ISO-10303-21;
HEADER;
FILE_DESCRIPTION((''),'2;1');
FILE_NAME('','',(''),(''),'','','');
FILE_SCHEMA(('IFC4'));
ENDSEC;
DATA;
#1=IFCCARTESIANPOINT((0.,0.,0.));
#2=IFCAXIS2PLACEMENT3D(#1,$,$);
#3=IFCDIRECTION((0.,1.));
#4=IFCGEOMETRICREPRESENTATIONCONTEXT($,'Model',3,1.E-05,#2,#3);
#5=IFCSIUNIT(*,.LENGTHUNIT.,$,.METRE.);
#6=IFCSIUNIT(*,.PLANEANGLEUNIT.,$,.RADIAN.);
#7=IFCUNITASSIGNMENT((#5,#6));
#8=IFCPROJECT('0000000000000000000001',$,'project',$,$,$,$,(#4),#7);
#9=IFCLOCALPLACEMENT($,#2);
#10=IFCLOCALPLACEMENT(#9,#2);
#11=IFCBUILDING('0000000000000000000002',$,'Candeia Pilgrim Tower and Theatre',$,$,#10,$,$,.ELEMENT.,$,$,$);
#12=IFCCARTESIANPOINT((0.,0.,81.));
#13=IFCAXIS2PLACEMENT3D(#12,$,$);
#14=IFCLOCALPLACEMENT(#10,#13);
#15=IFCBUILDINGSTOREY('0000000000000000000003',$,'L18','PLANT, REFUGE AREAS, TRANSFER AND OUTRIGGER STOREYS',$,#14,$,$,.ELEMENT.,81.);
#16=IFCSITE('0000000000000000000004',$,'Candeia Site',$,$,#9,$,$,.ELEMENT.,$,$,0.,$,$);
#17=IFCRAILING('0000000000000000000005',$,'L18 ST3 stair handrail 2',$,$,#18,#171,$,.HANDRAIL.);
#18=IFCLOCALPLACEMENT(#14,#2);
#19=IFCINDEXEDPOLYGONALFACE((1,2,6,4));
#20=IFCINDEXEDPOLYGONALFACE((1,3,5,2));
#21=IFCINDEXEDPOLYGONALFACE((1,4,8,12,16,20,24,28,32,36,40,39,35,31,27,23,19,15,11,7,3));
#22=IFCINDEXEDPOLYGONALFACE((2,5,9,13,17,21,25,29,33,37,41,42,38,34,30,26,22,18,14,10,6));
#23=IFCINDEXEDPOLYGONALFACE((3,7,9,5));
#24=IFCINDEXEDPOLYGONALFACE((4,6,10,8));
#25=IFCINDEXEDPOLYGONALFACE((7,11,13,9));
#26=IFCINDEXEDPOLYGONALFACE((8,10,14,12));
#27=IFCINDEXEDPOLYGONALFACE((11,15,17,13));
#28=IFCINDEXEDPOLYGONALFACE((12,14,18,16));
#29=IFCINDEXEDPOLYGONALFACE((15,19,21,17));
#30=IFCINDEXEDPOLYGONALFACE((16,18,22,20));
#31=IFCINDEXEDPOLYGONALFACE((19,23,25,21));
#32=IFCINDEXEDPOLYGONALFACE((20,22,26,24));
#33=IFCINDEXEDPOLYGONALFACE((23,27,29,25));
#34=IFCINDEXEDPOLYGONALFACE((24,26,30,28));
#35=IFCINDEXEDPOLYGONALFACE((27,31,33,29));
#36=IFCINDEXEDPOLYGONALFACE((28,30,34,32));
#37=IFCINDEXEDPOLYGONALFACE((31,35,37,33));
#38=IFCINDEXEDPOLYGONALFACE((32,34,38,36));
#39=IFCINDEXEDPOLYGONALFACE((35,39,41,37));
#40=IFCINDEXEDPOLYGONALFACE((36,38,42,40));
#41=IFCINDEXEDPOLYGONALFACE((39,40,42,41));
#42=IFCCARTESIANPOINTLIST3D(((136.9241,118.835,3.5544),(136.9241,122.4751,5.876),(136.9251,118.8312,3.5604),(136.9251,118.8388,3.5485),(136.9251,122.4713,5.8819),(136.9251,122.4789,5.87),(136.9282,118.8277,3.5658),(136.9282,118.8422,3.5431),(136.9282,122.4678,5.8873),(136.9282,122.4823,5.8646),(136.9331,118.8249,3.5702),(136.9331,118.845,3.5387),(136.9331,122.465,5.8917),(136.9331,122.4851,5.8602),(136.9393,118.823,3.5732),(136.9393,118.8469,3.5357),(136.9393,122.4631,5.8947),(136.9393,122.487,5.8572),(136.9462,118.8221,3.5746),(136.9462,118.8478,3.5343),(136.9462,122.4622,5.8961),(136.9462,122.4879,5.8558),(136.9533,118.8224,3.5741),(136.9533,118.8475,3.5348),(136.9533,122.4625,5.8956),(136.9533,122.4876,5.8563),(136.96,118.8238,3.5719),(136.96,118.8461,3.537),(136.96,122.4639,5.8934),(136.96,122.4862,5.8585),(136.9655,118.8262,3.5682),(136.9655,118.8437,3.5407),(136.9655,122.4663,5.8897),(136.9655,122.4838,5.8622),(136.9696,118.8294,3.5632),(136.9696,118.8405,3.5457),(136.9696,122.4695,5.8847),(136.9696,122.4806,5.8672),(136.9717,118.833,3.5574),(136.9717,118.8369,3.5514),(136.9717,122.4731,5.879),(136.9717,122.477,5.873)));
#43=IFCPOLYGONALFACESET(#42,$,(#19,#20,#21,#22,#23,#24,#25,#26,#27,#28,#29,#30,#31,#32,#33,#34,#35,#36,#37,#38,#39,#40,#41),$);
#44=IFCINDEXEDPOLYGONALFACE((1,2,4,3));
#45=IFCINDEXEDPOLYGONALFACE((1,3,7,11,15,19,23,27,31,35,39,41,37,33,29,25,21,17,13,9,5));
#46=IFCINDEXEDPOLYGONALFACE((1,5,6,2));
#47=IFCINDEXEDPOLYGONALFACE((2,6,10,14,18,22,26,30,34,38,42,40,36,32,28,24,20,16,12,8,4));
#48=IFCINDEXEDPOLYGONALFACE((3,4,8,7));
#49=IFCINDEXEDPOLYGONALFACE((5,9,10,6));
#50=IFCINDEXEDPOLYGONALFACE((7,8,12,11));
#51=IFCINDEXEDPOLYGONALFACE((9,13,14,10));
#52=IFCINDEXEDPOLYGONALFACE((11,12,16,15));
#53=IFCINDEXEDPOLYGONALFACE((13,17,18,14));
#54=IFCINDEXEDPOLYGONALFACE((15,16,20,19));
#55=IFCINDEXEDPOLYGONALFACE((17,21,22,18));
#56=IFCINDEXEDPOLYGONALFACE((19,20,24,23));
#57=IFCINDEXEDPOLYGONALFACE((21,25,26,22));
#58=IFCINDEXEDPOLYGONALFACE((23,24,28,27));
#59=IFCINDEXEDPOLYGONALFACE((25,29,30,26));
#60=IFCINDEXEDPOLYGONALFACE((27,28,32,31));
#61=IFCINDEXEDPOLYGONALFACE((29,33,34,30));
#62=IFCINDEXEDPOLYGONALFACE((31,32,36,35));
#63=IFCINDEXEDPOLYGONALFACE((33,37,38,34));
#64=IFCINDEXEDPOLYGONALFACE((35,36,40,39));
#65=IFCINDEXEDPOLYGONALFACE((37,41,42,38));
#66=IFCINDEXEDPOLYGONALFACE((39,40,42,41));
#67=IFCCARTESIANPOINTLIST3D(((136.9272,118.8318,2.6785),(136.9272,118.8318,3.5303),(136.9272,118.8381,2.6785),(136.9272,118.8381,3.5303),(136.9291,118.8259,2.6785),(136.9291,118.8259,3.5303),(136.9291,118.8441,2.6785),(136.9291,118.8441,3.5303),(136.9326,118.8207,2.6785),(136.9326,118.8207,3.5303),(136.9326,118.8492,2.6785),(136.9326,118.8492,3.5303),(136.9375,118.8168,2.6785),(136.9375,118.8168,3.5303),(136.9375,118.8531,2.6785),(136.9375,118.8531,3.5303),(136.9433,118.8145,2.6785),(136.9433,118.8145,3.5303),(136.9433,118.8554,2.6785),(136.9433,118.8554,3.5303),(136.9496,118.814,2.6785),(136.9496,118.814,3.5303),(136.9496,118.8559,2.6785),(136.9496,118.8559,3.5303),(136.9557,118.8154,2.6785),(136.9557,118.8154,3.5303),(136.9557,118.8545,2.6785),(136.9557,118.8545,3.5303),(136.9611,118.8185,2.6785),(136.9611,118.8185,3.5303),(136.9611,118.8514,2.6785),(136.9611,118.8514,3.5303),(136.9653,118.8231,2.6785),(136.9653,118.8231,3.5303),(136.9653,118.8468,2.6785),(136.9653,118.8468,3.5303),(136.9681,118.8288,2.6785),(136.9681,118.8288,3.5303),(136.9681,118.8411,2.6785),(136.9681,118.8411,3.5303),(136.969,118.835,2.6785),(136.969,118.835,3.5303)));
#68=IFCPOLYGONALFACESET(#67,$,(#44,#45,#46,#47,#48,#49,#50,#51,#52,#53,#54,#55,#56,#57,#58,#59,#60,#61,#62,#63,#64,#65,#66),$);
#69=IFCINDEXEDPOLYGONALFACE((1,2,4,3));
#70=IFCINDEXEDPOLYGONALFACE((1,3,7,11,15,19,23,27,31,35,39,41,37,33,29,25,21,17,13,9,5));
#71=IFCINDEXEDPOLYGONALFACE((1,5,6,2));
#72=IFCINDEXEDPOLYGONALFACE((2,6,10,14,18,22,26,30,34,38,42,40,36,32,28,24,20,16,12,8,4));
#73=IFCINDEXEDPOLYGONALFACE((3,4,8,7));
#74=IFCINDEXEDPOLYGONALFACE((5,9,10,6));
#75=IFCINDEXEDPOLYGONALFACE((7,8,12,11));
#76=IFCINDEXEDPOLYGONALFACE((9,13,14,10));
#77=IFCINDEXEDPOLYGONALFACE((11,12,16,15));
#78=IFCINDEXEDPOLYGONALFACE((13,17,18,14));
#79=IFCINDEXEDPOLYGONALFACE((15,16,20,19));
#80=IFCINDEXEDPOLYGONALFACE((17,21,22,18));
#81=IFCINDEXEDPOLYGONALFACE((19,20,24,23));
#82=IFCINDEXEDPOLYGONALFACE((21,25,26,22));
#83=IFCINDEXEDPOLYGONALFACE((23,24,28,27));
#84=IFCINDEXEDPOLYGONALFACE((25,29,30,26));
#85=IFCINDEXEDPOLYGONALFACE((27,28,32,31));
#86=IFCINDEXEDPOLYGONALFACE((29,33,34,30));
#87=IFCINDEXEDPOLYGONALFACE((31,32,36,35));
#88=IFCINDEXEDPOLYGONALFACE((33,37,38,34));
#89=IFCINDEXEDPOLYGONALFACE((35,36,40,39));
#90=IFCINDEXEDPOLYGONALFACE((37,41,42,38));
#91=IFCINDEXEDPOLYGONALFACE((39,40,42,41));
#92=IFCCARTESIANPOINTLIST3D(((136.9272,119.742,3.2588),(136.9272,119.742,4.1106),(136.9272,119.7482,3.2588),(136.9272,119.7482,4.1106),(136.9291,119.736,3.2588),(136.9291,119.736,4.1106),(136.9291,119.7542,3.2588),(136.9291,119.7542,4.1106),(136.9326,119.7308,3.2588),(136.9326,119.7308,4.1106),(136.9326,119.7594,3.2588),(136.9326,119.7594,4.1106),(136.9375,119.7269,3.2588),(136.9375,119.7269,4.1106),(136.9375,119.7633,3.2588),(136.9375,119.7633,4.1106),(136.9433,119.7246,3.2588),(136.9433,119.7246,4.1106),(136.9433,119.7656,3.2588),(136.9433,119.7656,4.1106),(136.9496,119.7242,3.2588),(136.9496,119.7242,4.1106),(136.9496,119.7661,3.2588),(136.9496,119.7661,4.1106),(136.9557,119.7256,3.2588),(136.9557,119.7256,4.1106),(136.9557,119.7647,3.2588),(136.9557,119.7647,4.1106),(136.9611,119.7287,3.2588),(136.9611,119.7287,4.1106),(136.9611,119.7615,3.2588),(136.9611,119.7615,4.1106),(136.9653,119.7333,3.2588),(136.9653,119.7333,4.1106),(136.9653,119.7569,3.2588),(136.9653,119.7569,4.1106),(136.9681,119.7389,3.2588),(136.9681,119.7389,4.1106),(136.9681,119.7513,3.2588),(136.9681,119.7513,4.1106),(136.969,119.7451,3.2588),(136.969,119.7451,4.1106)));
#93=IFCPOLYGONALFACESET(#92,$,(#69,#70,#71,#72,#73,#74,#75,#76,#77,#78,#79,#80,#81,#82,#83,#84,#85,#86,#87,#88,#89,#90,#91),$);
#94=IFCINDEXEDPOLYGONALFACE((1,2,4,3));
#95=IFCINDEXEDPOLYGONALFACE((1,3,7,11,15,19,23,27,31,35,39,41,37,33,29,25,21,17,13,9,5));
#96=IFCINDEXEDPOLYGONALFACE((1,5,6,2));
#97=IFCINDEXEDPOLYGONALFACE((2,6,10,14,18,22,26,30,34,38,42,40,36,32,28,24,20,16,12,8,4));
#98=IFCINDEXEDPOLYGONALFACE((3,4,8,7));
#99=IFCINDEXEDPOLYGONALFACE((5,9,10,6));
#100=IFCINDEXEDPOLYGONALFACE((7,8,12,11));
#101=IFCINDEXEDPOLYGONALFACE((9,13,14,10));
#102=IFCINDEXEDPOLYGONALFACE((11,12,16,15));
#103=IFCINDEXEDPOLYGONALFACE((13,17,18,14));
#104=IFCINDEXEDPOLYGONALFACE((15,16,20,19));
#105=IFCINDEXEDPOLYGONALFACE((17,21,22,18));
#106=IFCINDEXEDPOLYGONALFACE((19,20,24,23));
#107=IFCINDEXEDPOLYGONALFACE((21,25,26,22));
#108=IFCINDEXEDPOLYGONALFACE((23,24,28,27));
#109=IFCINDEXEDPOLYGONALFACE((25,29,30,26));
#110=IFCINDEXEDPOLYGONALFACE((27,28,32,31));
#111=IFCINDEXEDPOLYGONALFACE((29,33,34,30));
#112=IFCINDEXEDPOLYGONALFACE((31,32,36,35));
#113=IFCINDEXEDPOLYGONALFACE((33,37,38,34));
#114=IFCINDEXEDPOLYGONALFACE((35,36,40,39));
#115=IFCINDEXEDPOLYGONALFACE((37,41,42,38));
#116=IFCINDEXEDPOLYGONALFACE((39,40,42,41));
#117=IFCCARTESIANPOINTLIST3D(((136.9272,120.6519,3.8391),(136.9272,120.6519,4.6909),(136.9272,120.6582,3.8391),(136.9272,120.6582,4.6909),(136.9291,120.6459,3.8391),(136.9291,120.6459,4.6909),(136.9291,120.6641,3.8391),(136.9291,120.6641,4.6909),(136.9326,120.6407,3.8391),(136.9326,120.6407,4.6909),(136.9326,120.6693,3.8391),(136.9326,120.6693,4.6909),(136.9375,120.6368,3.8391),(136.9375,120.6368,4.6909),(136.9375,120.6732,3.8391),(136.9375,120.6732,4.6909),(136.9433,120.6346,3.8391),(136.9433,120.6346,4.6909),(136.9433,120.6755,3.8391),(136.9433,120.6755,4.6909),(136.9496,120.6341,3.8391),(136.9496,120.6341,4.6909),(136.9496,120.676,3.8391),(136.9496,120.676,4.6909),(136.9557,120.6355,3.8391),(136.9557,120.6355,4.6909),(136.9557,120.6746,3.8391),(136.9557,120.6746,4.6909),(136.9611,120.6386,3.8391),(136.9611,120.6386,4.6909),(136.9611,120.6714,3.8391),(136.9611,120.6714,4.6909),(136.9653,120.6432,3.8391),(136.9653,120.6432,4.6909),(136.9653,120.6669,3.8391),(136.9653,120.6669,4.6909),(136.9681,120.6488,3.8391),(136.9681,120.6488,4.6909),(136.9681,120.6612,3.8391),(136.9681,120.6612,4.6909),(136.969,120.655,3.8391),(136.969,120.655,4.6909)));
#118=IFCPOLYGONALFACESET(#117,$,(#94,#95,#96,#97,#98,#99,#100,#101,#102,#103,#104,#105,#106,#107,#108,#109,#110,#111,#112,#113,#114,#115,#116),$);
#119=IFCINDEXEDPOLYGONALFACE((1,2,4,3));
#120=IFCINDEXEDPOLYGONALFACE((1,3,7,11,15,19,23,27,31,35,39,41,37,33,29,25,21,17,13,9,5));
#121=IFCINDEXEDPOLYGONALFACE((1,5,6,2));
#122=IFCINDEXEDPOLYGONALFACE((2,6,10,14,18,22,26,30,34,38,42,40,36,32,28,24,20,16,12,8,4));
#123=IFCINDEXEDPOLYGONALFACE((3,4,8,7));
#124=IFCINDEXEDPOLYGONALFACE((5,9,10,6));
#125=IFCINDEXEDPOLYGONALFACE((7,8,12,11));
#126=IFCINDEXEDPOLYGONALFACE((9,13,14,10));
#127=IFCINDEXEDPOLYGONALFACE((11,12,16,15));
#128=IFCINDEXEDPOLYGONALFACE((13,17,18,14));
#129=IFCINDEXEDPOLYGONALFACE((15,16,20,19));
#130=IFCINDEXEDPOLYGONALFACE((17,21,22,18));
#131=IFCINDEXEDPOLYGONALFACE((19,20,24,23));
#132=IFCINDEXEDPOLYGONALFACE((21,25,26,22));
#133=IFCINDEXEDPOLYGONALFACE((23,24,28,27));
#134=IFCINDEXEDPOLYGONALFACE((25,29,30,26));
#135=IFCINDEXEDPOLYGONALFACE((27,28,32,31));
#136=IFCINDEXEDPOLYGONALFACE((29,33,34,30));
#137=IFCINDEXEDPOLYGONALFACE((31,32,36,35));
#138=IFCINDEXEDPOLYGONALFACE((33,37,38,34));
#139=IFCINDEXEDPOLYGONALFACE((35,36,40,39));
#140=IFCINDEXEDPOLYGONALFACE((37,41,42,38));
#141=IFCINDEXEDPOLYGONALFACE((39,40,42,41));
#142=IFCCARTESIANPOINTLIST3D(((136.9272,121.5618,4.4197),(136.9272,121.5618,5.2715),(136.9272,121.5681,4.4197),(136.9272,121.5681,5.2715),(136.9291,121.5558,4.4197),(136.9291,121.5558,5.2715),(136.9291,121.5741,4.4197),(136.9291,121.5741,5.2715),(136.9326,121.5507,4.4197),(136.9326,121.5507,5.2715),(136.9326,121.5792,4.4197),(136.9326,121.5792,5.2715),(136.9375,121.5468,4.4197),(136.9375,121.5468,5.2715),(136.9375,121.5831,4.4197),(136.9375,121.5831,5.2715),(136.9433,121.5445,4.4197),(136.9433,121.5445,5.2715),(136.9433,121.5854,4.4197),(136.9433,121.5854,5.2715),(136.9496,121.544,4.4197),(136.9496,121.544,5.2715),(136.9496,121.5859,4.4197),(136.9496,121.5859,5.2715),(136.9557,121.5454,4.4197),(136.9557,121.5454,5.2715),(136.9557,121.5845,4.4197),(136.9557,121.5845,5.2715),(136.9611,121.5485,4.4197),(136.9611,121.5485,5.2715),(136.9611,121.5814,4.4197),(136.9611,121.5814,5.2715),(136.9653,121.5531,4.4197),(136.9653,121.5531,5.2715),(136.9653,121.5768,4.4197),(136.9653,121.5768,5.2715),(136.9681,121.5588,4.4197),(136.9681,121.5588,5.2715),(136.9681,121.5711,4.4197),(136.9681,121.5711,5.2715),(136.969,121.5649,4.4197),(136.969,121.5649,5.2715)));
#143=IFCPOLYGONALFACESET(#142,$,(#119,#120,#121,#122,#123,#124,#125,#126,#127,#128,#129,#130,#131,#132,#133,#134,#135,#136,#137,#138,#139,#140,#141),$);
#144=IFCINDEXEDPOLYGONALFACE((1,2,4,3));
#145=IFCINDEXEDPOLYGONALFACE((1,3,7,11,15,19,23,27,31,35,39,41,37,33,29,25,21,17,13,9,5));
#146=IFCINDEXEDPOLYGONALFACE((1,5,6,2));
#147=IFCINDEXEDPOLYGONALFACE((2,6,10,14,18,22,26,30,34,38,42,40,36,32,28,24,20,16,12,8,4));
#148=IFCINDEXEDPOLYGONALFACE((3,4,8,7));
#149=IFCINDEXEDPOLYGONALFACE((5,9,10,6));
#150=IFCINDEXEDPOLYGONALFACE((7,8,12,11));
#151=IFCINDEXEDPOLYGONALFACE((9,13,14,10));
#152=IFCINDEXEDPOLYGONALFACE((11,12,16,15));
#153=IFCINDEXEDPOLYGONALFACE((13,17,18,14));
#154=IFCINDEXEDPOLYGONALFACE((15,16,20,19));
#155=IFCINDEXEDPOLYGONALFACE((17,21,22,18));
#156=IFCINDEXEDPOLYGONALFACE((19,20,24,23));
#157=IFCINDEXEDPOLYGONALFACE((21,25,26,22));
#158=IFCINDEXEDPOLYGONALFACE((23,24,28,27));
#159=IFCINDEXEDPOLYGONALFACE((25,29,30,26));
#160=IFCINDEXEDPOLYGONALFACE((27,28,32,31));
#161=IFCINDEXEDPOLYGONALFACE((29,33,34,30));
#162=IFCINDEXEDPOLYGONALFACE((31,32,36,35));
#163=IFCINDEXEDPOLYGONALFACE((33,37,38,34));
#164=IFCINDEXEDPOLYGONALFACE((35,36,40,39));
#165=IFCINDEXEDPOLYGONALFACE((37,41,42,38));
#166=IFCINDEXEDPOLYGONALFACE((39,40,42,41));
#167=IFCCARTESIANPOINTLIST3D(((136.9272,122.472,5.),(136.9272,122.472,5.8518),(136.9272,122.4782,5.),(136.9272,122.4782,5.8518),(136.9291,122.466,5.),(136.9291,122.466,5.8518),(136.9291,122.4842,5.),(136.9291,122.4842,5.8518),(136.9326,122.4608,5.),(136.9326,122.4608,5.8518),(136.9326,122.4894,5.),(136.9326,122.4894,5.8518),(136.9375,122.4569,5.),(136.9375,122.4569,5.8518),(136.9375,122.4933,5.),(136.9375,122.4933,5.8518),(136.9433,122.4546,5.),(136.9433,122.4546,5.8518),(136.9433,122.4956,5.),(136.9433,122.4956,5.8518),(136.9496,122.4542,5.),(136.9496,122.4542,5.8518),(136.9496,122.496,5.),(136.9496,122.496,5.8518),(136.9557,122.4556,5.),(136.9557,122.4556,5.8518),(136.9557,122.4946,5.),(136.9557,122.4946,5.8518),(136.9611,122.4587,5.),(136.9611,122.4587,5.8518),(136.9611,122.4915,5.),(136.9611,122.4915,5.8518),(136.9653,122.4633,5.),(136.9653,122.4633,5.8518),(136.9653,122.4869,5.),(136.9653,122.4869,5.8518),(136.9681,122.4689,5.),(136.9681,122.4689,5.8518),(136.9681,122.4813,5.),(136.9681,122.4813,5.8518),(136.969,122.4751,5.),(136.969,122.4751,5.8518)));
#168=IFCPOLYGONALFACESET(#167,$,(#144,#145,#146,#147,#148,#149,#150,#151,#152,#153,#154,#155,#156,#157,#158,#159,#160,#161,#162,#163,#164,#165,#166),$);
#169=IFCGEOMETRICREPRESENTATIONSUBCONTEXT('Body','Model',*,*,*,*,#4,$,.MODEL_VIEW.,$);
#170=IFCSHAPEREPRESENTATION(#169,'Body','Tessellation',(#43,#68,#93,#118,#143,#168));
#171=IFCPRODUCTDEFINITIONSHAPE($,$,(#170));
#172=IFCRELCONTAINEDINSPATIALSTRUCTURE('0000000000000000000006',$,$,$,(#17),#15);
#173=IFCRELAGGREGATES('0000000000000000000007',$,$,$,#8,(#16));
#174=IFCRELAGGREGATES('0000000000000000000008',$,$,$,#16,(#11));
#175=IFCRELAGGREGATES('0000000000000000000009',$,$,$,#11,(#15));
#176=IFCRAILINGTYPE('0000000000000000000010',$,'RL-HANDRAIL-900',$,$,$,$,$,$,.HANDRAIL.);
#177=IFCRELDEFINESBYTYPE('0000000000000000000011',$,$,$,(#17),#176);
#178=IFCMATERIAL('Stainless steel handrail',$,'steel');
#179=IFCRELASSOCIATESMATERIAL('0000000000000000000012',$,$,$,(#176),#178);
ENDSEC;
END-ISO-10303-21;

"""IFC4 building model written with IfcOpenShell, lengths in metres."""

from ifc_helpers import new_model, si_unit, direction, frame, origin, origin_2d, place, context, subcontext, project, spatial, circle, extrude, material, type_object, element, save


model = new_model("IFC4")

# Units and contexts
model_context = context("Model", 3, precision=1e-05, world=origin(), true_north=direction((0.0, 1.0)))
body_context = subcontext(model_context, "Body", "Model", "MODEL_VIEW")
ifc_project = project(units=[si_unit("LENGTHUNIT", "METRE"), si_unit("PLANEANGLEUNIT", "RADIAN")], contexts=[model_context])

# Site, building, storey
site_placement = place(None, origin())
site = spatial("IfcSite", under=ifc_project, at=site_placement, Name="Candeia Site", CompositionType="ELEMENT", RefElevation=0.0)
building_placement = place(site_placement, origin())
building = spatial("IfcBuilding", under=site, at=building_placement, Name="Candeia Pilgrim Tower and Theatre", CompositionType="ELEMENT")
storey_placement = place(building_placement, frame((0.0, 0.0, 81.0)))
storey = spatial("IfcBuildingStorey", under=building, at=storey_placement, Name="L18", Description="PLANT, REFUGE AREAS, TRANSFER AND OUTRIGGER STOREYS", CompositionType="ELEMENT", Elevation=81.0)

# Railing
ifc_material_1 = material(Name="Stainless steel handrail", Category="steel")
railing_type_1 = type_object("IfcRailingType", Name="RL-HANDRAIL-900", PredefinedType="HANDRAIL", material=ifc_material_1)
railing_1_placement = place(storey_placement, frame((136.948, 118.835, 2.6785)))
element("IfcRailing", 1, at=railing_1_placement, inside=storey, type_object=railing_type_1, Name="L18 ST3 stair handrail 2", PredefinedType="HANDRAIL", context=body_context, shape_type="SweptSolid", body=[
    extrude(circle(Radius=0.0239, at=origin_2d()), frame((0.0, 0.0, 0.876), z_axis=(0.0, 0.843128, 0.537713), x_axis=(-1.0, 0.0, 0.0)), (0.0, 0.0, 1.0), 4.3174),
    extrude(circle(Radius=0.021, at=origin_2d()), origin(), (0.0, 0.0, 1.0), 0.8518),
    extrude(circle(Radius=0.021, at=origin_2d()), frame((0.0, 0.9102, 0.5803)), (0.0, 0.0, 1.0), 0.8518),
    extrude(circle(Radius=0.021, at=origin_2d()), frame((0.0, 1.8201, 1.1606)), (0.0, 0.0, 1.0), 0.8518),
    extrude(circle(Radius=0.021, at=origin_2d()), frame((0.0, 2.73, 1.7412)), (0.0, 0.0, 1.0), 0.8518),
    extrude(circle(Radius=0.021, at=origin_2d()), frame((0.0, 3.6401, 2.3215)), (0.0, 0.0, 1.0), 0.8518),
])

save(model, "model.ifc")
